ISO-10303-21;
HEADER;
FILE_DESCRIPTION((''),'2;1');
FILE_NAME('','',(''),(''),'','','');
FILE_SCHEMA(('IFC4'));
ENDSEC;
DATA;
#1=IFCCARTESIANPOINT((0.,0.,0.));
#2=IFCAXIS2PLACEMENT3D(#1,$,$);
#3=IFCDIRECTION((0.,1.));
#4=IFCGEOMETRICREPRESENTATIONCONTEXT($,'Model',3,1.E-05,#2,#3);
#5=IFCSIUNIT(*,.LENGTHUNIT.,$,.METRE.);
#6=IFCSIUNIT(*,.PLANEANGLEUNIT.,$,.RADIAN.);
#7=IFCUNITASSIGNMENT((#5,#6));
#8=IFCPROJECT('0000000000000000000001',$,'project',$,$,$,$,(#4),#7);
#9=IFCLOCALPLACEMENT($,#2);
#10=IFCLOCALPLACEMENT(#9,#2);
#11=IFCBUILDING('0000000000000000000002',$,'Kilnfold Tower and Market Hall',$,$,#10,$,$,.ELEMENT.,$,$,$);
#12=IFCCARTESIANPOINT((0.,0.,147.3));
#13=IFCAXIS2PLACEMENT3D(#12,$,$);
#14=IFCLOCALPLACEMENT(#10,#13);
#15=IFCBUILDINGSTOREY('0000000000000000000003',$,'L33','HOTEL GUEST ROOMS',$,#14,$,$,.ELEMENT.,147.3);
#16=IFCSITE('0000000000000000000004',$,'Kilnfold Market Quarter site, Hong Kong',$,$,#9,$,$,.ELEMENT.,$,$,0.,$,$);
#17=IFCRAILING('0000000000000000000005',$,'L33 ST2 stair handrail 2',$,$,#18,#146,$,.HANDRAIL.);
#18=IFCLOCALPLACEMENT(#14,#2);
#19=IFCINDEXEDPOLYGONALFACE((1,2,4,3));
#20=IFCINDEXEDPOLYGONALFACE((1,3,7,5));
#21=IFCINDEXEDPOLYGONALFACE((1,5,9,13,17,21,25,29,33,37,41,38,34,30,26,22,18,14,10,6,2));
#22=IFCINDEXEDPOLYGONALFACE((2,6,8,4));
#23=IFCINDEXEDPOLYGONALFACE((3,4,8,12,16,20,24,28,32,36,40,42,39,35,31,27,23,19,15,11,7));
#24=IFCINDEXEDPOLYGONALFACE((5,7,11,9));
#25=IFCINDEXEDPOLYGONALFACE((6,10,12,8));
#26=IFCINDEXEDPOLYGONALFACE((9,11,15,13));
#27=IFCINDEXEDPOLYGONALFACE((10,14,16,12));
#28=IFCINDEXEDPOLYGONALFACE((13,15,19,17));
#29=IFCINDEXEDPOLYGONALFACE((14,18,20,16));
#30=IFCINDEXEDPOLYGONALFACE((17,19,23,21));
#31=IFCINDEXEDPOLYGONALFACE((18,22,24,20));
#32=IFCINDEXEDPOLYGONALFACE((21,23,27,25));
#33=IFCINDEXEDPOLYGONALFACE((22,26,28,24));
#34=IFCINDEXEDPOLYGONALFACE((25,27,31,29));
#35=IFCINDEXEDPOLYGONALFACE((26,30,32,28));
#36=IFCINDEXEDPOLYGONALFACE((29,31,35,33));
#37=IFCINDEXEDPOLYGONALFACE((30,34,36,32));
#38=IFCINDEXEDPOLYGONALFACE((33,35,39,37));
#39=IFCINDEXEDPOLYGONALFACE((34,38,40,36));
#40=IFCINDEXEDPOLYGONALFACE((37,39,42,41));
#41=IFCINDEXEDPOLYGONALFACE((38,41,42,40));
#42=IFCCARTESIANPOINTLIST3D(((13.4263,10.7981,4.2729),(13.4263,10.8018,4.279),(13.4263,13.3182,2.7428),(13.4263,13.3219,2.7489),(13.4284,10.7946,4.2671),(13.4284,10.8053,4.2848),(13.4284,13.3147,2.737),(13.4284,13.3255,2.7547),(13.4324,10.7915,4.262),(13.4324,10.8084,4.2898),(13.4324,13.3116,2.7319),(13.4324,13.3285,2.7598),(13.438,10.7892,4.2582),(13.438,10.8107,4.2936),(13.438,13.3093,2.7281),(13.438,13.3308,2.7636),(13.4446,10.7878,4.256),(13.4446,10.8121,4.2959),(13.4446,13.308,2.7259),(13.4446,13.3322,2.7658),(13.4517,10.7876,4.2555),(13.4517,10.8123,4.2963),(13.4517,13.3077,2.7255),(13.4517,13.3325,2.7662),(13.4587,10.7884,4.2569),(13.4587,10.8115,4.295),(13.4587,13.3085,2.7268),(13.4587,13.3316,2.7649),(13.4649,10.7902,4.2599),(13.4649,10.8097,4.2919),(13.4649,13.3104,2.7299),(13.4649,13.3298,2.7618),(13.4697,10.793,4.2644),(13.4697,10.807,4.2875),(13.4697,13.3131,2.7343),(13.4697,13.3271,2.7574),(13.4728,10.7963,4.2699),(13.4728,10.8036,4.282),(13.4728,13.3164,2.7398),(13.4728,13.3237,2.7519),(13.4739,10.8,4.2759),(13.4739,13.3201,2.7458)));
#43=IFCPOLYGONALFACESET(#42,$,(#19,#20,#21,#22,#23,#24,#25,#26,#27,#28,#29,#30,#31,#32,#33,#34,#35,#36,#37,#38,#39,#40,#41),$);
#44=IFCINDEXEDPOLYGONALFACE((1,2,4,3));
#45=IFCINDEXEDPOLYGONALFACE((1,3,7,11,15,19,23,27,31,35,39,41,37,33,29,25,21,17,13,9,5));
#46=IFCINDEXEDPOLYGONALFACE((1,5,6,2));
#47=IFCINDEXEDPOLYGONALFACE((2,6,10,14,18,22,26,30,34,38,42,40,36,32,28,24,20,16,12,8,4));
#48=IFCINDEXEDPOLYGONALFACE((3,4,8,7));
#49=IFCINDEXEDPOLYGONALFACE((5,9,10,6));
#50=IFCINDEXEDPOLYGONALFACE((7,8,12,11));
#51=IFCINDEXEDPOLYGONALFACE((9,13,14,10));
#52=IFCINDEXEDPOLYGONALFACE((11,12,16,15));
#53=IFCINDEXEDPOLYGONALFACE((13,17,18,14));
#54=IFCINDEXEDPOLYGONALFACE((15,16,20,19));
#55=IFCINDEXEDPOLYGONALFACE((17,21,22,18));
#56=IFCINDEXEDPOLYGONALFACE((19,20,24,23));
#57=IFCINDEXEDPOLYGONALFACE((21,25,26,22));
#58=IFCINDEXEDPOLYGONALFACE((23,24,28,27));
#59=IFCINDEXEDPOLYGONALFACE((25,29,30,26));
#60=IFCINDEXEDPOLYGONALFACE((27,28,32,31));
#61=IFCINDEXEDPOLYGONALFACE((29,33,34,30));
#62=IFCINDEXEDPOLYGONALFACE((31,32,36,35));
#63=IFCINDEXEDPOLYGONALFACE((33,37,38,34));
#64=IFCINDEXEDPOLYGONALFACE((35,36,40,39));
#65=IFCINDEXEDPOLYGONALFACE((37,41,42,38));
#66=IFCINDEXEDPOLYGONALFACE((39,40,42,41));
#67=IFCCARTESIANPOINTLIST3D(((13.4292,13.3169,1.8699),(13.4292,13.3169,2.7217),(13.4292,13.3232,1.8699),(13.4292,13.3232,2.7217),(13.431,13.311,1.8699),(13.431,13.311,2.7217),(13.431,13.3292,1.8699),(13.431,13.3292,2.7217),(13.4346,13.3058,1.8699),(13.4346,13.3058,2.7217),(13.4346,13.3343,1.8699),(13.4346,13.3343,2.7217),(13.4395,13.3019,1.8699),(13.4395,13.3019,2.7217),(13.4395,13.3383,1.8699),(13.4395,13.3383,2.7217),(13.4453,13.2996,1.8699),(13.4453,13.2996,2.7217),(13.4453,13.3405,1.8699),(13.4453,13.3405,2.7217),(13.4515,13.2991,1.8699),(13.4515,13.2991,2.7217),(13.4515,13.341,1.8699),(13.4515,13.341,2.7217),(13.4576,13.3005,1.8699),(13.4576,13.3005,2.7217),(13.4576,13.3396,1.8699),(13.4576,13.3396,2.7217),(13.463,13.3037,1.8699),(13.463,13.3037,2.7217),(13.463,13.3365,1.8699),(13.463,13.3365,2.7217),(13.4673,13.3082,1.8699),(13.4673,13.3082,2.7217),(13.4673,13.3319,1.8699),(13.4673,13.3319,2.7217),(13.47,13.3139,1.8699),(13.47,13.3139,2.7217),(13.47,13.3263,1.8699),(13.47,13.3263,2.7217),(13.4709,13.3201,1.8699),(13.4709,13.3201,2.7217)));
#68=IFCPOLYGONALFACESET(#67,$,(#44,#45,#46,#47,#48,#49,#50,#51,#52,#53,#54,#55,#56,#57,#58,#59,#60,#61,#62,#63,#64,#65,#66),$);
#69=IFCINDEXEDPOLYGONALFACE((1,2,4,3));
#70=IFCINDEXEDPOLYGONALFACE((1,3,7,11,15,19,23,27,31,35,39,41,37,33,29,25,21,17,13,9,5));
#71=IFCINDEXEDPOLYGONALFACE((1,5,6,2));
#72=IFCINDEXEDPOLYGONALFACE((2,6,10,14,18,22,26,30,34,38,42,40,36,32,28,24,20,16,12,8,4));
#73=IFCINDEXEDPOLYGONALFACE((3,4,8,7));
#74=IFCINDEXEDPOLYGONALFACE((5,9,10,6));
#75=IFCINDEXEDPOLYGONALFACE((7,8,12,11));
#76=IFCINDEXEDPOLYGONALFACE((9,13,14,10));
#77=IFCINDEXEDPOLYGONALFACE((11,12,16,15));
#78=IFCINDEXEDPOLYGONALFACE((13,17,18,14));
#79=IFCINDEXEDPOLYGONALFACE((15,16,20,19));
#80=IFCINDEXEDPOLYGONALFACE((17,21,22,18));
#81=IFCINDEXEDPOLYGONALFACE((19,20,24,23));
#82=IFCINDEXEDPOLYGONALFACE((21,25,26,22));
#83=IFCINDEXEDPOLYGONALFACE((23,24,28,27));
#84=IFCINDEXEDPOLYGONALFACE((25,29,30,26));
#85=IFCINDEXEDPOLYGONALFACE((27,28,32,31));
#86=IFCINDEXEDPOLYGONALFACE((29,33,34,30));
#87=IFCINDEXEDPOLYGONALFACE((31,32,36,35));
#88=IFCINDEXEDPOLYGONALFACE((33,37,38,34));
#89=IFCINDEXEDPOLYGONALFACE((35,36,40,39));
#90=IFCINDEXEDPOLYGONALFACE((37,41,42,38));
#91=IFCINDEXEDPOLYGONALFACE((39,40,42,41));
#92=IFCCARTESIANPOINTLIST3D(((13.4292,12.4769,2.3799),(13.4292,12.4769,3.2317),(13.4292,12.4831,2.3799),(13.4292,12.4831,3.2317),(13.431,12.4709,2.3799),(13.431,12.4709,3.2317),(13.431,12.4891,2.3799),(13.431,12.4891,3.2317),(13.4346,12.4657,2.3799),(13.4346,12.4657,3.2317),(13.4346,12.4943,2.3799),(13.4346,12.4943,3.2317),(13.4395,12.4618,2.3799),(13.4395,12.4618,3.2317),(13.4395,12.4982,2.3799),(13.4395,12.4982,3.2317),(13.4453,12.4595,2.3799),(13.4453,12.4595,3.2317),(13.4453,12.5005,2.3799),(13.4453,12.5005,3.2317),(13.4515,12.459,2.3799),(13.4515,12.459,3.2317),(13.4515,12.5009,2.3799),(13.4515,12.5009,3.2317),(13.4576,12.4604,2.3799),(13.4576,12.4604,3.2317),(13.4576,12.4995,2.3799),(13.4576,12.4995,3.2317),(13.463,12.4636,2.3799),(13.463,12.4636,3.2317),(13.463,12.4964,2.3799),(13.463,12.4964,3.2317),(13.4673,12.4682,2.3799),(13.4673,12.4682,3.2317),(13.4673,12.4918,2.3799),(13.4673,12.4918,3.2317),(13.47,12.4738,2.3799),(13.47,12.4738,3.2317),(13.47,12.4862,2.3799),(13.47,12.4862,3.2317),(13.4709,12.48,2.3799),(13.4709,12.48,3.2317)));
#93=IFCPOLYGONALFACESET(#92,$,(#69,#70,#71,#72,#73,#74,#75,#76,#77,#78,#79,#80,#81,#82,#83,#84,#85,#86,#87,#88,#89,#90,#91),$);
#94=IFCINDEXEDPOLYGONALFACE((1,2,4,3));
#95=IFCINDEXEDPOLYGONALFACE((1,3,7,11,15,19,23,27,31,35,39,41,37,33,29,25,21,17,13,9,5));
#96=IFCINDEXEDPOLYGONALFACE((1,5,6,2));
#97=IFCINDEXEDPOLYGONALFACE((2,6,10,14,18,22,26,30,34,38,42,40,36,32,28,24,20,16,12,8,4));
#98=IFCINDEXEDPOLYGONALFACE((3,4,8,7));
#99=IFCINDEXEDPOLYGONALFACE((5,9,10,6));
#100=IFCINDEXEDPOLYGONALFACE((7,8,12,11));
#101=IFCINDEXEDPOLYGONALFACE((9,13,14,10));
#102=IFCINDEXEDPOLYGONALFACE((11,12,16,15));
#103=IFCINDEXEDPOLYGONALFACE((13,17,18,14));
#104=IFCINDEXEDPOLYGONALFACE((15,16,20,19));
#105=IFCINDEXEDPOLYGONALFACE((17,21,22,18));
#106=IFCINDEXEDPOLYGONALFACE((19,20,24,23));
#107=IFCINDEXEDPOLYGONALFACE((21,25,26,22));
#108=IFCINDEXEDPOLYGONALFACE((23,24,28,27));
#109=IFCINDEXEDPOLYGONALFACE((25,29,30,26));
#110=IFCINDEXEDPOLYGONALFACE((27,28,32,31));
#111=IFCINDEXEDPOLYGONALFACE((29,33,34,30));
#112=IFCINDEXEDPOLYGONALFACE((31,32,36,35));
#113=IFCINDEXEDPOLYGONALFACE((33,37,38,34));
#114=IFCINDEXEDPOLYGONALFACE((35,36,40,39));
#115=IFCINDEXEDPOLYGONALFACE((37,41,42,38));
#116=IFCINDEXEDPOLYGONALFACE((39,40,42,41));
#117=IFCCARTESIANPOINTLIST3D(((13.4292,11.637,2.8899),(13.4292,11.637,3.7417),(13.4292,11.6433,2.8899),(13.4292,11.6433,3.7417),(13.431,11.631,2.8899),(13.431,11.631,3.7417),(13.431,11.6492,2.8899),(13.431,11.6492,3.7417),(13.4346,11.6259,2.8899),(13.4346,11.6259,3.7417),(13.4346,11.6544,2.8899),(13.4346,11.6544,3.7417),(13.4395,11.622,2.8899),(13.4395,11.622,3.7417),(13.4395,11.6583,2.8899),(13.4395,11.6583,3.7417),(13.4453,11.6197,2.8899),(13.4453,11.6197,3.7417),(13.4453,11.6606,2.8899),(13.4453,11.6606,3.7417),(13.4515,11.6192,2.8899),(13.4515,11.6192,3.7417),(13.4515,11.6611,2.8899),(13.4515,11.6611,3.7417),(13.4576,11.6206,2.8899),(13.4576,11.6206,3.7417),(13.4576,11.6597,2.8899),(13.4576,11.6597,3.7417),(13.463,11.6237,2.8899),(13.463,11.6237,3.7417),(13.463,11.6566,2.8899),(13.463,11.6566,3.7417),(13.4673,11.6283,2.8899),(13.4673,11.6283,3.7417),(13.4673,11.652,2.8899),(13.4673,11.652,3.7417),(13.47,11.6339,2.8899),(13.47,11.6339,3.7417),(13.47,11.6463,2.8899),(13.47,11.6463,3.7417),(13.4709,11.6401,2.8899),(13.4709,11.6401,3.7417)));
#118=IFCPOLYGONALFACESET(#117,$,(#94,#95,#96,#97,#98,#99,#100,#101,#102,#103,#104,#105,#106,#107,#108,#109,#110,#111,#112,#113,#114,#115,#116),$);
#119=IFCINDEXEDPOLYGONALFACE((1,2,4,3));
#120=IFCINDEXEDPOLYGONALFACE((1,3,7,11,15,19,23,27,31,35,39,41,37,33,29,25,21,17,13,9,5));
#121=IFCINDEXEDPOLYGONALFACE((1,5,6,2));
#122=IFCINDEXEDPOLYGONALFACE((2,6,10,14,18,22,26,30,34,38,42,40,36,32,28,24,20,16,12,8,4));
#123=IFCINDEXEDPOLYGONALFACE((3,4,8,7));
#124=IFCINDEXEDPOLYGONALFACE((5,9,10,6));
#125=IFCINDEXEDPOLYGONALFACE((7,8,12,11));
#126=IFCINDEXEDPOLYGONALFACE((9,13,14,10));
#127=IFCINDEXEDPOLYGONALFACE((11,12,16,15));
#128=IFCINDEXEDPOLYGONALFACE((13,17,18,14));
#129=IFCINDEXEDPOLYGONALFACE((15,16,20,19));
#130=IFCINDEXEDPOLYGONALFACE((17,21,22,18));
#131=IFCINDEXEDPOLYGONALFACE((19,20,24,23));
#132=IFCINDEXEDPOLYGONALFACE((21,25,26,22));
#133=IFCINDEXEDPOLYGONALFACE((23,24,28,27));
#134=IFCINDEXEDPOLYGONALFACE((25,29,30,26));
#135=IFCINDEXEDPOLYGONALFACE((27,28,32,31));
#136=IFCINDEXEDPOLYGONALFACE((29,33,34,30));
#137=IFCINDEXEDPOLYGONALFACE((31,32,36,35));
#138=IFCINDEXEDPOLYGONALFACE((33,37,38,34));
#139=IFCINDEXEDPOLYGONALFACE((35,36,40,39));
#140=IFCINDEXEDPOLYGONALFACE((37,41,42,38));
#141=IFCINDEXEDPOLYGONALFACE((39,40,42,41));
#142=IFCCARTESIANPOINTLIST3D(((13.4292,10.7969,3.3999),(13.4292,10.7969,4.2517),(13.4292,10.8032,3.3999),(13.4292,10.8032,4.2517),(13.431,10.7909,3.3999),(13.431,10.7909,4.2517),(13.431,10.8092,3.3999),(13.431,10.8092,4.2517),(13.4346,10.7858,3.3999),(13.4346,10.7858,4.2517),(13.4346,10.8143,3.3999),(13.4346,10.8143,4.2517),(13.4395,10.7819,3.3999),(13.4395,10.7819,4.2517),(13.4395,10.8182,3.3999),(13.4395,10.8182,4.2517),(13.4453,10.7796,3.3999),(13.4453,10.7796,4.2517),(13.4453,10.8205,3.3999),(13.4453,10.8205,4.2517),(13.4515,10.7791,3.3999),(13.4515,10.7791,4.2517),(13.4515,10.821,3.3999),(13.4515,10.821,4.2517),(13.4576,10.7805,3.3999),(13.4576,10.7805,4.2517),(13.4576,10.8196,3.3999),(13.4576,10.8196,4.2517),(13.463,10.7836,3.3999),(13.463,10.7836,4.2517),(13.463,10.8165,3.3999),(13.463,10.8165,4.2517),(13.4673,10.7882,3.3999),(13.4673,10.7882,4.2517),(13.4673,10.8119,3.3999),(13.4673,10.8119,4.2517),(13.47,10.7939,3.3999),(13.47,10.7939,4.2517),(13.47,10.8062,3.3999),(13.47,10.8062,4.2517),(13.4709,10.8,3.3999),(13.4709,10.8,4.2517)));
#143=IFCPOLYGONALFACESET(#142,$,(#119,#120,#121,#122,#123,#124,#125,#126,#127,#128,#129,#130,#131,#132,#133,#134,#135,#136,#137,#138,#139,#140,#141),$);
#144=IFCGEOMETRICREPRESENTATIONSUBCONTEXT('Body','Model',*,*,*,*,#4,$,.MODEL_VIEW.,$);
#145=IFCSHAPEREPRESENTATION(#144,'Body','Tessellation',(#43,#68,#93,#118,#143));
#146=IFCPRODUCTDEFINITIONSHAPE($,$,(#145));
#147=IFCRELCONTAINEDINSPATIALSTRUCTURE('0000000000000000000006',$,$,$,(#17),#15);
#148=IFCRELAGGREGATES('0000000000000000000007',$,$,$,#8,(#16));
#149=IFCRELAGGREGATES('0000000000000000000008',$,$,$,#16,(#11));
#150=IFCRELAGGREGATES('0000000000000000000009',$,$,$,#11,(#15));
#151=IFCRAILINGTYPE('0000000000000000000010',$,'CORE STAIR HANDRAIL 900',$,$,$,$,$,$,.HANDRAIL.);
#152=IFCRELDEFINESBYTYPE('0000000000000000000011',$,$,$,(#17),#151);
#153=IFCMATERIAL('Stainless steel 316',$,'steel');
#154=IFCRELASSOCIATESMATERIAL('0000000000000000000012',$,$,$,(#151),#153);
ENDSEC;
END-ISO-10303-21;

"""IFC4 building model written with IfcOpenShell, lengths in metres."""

from ifc_helpers import new_model, si_unit, direction, frame, origin, origin_2d, place, context, subcontext, project, spatial, circle, extrude, material, type_object, element, save


model = new_model("IFC4")

# Units and contexts
model_context = context("Model", 3, precision=1e-05, world=origin(), true_north=direction((0.0, 1.0)))
body_context = subcontext(model_context, "Body", "Model", "MODEL_VIEW")
ifc_project = project(units=[si_unit("LENGTHUNIT", "METRE"), si_unit("PLANEANGLEUNIT", "RADIAN")], contexts=[model_context])

# Site, building, storey
site_placement = place(None, origin())
site = spatial("IfcSite", under=ifc_project, at=site_placement, Name="Kilnfold Market Quarter site, Hong Kong", CompositionType="ELEMENT", RefElevation=0.0)
building_placement = place(site_placement, origin())
building = spatial("IfcBuilding", under=site, at=building_placement, Name="Kilnfold Tower and Market Hall", CompositionType="ELEMENT")
storey_placement = place(building_placement, frame((0.0, 0.0, 147.3)))
storey = spatial("IfcBuildingStorey", under=building, at=storey_placement, Name="L33", Description="HOTEL GUEST ROOMS", CompositionType="ELEMENT", Elevation=147.3)

# Railing
ifc_material_1 = material(Name="Stainless steel 316", Category="steel")
railing_type_1 = type_object("IfcRailingType", Name="CORE STAIR HANDRAIL 900", PredefinedType="HANDRAIL", material=ifc_material_1)
railing_1_placement = place(storey_placement, frame((13.45, 13.3201, 1.8699)))
element("IfcRailing", 1, at=railing_1_placement, inside=storey, type_object=railing_type_1, Name="L33 ST2 stair handrail 2", PredefinedType="HANDRAIL", context=body_context, shape_type="SweptSolid", body=[
    extrude(circle(Radius=0.0239, at=origin_2d()), frame((0.0, 0.0, 0.876), z_axis=(0.0, -0.854785, 0.518982), x_axis=(1.0, 0.0, 0.0)), (0.0, 0.0, 1.0), 2.9482),
    extrude(circle(Radius=0.021, at=origin_2d()), origin(), (0.0, 0.0, 1.0), 0.8518),
    extrude(circle(Radius=0.021, at=origin_2d()), frame((0.0, -0.8401, 0.51)), (0.0, 0.0, 1.0), 0.8518),
    extrude(circle(Radius=0.021, at=origin_2d()), frame((0.0, -1.6799, 1.02)), (0.0, 0.0, 1.0), 0.8518),
    extrude(circle(Radius=0.021, at=origin_2d()), frame((0.0, -2.52, 1.53)), (0.0, 0.0, 1.0), 0.8518),
])

save(model, "model.ifc")
